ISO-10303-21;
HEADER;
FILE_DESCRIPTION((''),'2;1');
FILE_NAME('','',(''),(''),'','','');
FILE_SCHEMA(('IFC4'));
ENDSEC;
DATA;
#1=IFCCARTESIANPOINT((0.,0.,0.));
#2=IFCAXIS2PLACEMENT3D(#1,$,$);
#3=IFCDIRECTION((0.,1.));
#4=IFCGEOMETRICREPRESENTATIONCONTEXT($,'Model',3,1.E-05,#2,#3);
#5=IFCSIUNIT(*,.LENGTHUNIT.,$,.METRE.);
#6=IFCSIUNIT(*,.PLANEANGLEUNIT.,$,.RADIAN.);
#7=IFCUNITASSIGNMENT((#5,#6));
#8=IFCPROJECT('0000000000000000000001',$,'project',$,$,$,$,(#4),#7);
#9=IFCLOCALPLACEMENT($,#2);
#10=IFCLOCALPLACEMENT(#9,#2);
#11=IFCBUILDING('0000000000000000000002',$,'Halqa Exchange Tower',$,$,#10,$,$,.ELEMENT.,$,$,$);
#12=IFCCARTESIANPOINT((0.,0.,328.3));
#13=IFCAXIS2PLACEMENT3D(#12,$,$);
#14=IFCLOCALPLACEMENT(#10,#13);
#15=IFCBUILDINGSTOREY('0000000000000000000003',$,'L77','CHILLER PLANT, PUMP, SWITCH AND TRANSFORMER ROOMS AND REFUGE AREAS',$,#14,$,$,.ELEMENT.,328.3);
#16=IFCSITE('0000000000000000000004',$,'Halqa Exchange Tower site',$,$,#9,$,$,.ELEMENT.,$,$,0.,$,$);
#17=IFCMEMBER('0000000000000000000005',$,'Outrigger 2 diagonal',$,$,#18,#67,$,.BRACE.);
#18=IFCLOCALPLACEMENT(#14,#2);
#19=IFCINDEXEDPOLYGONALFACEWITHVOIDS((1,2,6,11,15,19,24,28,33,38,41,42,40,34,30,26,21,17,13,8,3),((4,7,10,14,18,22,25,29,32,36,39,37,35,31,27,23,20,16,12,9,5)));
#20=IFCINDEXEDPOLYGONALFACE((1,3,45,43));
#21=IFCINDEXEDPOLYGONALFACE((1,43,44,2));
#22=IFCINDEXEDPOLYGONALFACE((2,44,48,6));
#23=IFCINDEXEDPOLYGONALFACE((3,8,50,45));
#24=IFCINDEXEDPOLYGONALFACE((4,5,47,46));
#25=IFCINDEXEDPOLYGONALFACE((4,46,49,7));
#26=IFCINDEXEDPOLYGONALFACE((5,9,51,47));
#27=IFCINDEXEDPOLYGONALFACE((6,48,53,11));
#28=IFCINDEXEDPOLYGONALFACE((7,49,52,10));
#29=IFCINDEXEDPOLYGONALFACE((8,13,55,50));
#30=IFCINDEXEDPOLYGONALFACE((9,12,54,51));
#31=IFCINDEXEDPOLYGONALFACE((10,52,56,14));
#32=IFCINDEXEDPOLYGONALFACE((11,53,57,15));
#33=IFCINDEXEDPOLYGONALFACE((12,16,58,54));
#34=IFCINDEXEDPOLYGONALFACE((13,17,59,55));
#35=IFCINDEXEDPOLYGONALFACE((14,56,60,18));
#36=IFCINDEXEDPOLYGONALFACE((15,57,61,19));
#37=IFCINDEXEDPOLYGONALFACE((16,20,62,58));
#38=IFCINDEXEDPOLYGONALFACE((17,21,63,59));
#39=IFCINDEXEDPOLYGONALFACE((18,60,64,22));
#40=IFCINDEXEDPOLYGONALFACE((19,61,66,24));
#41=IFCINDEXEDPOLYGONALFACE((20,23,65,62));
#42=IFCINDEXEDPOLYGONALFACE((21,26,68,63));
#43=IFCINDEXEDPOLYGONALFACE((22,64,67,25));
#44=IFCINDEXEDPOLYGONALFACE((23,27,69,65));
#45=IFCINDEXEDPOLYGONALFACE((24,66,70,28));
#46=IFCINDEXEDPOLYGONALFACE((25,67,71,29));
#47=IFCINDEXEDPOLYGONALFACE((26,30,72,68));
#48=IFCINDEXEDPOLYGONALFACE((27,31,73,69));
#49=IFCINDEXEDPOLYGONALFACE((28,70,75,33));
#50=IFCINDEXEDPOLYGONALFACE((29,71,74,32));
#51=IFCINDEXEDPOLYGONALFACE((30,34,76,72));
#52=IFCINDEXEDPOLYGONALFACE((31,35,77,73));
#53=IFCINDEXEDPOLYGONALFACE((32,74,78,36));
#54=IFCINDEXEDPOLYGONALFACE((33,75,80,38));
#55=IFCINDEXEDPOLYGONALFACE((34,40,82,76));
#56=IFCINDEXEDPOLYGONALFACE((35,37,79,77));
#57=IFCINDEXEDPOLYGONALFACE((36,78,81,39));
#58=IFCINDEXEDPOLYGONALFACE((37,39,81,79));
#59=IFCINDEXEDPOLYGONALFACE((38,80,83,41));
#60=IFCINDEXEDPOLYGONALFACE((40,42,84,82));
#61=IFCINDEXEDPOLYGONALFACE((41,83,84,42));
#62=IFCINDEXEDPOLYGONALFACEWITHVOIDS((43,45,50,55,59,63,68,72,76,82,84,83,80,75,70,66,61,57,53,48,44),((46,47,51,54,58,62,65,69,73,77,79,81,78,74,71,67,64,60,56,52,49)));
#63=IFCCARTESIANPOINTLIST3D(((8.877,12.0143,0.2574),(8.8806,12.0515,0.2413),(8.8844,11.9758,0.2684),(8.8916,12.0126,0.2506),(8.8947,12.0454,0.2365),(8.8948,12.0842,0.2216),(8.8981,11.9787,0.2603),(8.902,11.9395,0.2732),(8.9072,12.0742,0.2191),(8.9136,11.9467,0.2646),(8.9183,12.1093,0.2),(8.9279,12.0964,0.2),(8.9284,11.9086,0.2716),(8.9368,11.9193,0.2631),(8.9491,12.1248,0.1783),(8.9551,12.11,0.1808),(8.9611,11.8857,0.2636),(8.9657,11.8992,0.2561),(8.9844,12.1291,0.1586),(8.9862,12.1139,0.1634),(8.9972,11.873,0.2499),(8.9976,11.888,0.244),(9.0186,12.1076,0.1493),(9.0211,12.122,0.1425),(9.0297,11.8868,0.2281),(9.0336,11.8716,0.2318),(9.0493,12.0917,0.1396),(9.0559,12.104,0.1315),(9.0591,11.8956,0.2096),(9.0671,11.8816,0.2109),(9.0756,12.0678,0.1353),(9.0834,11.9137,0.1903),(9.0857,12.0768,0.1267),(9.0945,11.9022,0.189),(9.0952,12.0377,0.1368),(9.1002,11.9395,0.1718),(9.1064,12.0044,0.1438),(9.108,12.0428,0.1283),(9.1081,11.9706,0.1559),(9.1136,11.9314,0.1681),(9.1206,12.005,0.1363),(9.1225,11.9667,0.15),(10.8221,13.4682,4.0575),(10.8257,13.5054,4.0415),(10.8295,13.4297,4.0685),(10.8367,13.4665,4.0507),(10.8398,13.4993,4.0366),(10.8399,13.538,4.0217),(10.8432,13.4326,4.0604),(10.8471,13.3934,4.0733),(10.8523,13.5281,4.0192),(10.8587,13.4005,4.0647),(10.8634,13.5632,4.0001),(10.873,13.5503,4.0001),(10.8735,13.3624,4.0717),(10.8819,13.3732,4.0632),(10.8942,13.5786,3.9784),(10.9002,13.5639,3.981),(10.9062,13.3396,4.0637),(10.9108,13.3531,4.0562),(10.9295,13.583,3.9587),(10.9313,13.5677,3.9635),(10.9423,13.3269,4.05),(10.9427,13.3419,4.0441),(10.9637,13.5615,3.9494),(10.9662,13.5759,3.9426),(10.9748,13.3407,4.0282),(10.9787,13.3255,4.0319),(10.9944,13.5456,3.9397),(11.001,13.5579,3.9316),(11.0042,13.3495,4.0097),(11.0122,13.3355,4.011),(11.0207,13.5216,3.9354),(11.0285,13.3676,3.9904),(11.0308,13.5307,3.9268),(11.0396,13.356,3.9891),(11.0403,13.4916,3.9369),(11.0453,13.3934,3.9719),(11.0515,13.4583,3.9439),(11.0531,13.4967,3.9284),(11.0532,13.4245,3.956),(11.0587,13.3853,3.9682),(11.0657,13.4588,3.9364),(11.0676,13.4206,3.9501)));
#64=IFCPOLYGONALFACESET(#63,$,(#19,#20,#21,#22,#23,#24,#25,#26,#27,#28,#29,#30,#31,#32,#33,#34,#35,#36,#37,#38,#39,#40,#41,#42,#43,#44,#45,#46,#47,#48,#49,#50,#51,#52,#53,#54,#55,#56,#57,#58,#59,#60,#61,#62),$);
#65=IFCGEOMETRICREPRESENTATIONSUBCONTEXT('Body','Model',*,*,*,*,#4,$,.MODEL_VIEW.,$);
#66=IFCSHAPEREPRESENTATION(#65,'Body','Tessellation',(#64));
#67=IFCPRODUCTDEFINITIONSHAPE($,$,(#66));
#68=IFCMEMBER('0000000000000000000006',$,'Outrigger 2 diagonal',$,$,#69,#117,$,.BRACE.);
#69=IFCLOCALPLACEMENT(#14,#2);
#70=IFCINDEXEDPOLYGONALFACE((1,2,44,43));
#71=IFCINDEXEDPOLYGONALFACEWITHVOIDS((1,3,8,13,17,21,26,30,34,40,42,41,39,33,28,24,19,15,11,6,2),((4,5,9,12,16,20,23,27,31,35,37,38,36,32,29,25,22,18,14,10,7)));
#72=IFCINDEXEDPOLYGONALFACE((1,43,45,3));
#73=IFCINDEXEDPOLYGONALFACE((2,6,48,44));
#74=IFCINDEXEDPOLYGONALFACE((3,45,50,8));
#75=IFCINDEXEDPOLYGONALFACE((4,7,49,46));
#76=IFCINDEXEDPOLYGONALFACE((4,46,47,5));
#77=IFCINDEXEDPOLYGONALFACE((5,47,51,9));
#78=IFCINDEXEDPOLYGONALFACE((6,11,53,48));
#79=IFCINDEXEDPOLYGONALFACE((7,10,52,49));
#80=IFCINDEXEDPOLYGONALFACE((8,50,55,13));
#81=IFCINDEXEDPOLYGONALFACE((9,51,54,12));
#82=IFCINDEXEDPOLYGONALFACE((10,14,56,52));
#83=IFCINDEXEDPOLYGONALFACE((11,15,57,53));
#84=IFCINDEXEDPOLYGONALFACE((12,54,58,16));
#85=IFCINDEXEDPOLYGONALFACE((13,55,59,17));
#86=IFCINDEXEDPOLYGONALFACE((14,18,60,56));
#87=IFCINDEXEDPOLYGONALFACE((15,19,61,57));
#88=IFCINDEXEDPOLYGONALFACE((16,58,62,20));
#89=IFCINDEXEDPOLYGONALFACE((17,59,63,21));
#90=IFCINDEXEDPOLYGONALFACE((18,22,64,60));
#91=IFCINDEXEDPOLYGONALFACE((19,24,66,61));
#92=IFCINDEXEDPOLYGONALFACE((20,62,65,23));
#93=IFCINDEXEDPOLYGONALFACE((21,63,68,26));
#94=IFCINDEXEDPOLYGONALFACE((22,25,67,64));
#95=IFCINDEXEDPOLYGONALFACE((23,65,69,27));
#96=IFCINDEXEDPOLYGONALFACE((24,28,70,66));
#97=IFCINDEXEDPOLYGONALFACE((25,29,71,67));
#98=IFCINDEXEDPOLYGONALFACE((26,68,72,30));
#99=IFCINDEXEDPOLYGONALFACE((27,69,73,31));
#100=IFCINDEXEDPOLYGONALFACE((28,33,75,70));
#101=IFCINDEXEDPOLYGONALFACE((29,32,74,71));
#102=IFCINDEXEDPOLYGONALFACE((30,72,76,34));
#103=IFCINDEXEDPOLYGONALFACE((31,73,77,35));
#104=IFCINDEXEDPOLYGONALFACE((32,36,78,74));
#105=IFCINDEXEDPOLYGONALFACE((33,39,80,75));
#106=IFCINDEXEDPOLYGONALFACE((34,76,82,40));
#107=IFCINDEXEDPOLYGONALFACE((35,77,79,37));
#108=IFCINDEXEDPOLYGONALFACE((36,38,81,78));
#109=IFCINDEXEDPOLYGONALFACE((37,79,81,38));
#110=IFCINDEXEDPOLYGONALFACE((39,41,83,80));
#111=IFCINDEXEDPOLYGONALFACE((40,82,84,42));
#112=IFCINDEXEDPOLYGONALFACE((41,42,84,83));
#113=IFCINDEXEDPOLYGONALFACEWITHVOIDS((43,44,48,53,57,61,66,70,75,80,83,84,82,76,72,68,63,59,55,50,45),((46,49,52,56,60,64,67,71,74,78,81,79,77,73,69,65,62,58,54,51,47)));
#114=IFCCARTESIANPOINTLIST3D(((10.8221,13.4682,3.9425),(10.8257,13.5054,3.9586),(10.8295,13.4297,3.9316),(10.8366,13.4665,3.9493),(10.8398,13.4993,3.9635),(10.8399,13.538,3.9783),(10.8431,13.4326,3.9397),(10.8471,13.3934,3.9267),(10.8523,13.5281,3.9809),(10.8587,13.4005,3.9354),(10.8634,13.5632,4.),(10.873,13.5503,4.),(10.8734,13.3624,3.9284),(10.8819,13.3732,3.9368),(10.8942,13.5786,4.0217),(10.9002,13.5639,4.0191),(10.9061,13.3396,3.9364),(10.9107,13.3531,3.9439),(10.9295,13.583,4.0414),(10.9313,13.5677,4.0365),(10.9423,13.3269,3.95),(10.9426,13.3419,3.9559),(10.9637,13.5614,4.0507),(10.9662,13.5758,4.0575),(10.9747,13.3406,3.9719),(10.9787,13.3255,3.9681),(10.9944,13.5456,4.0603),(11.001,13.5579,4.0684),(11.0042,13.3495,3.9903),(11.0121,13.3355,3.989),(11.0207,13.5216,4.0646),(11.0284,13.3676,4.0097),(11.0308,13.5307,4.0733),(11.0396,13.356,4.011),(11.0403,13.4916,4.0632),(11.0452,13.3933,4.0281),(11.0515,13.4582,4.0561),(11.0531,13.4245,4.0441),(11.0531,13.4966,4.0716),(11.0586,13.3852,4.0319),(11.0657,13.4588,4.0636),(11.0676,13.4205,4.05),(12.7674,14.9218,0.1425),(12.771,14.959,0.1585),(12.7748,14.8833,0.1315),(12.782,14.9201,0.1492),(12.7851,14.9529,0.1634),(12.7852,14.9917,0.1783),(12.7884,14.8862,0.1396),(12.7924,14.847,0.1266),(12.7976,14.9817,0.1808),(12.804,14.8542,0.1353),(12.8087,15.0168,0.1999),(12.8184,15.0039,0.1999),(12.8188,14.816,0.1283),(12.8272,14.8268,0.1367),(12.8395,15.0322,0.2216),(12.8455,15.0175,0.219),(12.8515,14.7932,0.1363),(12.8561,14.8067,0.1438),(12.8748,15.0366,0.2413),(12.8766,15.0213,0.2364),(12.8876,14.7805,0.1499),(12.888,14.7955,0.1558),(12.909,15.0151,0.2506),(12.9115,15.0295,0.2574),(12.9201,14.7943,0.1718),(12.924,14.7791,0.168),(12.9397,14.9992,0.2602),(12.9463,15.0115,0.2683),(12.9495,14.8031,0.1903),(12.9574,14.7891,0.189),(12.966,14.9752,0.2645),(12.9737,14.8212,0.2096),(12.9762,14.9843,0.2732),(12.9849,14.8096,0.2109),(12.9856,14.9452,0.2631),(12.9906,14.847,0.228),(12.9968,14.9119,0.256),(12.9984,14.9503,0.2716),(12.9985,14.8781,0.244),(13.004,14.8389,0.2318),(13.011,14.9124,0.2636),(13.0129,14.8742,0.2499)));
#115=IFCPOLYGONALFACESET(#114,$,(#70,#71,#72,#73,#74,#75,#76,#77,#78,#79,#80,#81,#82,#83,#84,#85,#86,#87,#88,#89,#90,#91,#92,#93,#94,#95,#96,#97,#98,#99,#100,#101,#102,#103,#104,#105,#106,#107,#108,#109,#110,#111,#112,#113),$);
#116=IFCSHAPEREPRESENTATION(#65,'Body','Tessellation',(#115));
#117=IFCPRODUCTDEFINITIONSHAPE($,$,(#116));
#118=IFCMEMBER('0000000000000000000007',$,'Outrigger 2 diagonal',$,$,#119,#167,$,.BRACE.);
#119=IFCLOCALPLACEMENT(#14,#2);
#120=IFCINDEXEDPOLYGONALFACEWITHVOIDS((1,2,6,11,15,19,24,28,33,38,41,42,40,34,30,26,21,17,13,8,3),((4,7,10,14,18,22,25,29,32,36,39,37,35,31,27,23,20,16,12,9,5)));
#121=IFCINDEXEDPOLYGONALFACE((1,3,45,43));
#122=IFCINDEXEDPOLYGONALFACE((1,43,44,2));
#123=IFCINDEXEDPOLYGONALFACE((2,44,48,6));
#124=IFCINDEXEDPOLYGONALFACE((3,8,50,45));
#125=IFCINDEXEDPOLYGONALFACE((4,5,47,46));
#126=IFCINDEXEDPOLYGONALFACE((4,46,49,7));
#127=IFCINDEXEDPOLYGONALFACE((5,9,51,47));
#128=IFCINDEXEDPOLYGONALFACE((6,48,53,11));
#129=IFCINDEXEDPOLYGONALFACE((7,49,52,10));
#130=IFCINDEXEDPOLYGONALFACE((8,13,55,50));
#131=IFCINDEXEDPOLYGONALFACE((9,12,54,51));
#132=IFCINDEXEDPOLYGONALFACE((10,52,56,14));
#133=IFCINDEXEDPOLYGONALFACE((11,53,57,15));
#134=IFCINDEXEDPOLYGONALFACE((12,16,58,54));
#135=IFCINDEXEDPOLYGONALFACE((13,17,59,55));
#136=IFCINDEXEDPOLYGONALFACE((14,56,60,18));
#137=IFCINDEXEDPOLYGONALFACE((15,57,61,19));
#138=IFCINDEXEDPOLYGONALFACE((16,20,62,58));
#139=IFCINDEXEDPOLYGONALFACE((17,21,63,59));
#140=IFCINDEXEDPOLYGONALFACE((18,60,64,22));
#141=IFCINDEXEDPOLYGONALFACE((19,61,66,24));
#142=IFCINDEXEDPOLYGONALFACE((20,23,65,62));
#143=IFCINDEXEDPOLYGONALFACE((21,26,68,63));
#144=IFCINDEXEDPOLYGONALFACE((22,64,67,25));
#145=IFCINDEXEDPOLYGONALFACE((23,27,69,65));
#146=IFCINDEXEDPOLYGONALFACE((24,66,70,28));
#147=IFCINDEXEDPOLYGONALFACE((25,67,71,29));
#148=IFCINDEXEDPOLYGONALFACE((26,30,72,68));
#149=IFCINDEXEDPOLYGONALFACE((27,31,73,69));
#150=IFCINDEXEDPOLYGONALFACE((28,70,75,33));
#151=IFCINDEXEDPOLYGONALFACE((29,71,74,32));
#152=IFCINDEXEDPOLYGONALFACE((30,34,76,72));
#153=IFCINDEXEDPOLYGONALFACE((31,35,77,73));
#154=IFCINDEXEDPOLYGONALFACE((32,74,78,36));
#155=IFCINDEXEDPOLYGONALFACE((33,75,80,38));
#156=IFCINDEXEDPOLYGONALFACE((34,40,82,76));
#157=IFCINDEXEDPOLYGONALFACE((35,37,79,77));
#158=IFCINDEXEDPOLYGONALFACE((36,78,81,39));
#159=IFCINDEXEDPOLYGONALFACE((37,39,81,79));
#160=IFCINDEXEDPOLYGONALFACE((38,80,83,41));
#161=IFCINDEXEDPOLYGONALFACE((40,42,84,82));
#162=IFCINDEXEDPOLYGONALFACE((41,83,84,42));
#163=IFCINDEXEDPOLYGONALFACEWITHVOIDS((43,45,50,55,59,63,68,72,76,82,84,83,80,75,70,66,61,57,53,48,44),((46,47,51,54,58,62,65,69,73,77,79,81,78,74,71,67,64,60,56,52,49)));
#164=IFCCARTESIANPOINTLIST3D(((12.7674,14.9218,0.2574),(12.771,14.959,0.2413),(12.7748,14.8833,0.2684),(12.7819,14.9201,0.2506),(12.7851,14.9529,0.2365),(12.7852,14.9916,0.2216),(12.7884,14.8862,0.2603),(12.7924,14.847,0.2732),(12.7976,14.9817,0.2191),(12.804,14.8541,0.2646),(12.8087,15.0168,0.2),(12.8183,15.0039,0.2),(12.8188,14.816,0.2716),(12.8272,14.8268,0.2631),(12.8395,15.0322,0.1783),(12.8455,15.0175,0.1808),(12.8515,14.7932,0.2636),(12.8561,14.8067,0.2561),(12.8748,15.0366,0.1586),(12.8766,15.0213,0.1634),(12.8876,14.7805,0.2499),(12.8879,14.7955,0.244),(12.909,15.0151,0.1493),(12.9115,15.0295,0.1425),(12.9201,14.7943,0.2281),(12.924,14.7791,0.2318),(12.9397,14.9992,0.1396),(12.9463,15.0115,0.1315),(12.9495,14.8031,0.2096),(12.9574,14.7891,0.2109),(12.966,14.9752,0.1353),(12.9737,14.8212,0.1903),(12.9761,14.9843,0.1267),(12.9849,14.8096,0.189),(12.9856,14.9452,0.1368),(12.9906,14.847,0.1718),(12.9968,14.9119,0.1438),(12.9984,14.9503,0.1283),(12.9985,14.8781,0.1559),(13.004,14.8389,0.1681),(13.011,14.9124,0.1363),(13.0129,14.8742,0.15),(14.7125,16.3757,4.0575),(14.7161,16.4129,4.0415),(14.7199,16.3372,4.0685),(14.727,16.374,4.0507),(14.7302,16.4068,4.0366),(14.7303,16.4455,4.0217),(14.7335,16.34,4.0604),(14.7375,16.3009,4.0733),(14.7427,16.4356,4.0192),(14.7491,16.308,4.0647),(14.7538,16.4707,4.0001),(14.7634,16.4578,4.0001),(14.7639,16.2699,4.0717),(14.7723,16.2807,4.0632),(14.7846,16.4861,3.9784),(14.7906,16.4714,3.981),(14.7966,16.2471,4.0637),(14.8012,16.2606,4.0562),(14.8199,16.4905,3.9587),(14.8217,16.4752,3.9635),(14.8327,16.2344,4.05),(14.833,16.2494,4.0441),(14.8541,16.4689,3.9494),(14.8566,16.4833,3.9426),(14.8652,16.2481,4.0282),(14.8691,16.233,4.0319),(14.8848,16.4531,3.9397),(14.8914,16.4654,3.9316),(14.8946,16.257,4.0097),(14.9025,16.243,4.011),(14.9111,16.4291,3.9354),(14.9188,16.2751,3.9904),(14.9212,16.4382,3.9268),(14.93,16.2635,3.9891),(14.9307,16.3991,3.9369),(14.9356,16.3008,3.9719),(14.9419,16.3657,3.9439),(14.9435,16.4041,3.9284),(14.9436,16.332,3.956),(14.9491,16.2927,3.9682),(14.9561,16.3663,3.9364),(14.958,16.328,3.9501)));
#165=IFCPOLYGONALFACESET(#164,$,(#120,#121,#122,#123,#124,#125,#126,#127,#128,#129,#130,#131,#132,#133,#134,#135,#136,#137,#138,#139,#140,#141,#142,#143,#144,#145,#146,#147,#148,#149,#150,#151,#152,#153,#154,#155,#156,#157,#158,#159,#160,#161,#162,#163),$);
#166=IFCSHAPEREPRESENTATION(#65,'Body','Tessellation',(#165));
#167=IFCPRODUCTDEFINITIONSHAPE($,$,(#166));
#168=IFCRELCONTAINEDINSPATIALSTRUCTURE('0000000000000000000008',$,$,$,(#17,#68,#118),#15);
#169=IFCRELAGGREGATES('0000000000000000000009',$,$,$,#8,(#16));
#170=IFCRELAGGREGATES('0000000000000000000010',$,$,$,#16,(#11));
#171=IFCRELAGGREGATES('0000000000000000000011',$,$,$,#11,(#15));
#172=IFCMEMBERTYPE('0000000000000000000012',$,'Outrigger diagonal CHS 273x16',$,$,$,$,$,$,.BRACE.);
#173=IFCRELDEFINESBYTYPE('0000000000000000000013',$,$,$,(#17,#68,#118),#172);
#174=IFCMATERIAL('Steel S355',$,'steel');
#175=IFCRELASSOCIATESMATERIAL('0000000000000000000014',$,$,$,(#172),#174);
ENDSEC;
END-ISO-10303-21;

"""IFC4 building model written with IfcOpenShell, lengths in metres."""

from ifc_helpers import new_model, si_unit, direction, frame, origin, origin_2d, place, context, subcontext, project, spatial, hollow_circle, extrude, material, material_profile, profile_set, type_object, element, save


model = new_model("IFC4")

# Units and contexts
model_context = context("Model", 3, precision=1e-05, world=origin(), true_north=direction((0.0, 1.0)))
body_context = subcontext(model_context, "Body", "Model", "MODEL_VIEW")
ifc_project = project(units=[si_unit("LENGTHUNIT", "METRE"), si_unit("PLANEANGLEUNIT", "RADIAN")], contexts=[model_context])

# Site, building, storey
site_placement = place(None, origin())
site = spatial("IfcSite", under=ifc_project, at=site_placement, Name="Halqa Exchange Tower site", CompositionType="ELEMENT", RefElevation=0.0)
building_placement = place(site_placement, origin())
building = spatial("IfcBuilding", under=site, at=building_placement, Name="Halqa Exchange Tower", CompositionType="ELEMENT")
storey_placement = place(building_placement, frame((0.0, 0.0, 328.3)))
storey = spatial("IfcBuildingStorey", under=building, at=storey_placement, Name="L77", Description="CHILLER PLANT, PUMP, SWITCH AND TRANSFORMER ROOMS AND REFUGE AREAS", CompositionType="ELEMENT", Elevation=328.3)

# Members
ifc_material_1 = material(Name="Steel S355", Category="steel")
ifc_material_profile_1 = material_profile(ifc_material_1, hollow_circle(Radius=0.1365, WallThickness=0.0161, at=origin_2d()), Name="CHS 273x16")
ifc_profile_set_1 = profile_set([ifc_material_profile_1], Name="Steel S355")
member_type_1 = type_object("IfcMemberType", Name="Outrigger diagonal CHS 273x16", PredefinedType="BRACE", material=ifc_profile_set_1)
for number, where, z_axis, x_axis, name in (
    (1, (9.0, 12.0, 0.2), (0.431308, 0.322385, 0.84264), (-0.598696, 0.800976, 0.0), "Outrigger 2 diagonal"),
    (2, (10.9451, 13.4539, 4.0), (0.43136, 0.322329, -0.842635), (-0.598584, 0.80106, 0.0), "Outrigger 2 diagonal"),
    (3, (12.8904, 14.9075, 0.2), (0.431308, 0.322385, 0.84264), (-0.598696, 0.800976, 0.0), "Outrigger 2 diagonal"),
):
    element("IfcMember", number, at=place(storey_placement, frame(where, z_axis=z_axis, x_axis=x_axis)), inside=storey, type_object=member_type_1, Name=name, PredefinedType="BRACE", context=body_context, shape_type="SweptSolid", body=[
        extrude(hollow_circle(Radius=0.1365, WallThickness=0.0161, at=origin_2d()), origin(), (0.0, 0.0, 1.0), 4.5098),
    ])

save(model, "model.ifc")
